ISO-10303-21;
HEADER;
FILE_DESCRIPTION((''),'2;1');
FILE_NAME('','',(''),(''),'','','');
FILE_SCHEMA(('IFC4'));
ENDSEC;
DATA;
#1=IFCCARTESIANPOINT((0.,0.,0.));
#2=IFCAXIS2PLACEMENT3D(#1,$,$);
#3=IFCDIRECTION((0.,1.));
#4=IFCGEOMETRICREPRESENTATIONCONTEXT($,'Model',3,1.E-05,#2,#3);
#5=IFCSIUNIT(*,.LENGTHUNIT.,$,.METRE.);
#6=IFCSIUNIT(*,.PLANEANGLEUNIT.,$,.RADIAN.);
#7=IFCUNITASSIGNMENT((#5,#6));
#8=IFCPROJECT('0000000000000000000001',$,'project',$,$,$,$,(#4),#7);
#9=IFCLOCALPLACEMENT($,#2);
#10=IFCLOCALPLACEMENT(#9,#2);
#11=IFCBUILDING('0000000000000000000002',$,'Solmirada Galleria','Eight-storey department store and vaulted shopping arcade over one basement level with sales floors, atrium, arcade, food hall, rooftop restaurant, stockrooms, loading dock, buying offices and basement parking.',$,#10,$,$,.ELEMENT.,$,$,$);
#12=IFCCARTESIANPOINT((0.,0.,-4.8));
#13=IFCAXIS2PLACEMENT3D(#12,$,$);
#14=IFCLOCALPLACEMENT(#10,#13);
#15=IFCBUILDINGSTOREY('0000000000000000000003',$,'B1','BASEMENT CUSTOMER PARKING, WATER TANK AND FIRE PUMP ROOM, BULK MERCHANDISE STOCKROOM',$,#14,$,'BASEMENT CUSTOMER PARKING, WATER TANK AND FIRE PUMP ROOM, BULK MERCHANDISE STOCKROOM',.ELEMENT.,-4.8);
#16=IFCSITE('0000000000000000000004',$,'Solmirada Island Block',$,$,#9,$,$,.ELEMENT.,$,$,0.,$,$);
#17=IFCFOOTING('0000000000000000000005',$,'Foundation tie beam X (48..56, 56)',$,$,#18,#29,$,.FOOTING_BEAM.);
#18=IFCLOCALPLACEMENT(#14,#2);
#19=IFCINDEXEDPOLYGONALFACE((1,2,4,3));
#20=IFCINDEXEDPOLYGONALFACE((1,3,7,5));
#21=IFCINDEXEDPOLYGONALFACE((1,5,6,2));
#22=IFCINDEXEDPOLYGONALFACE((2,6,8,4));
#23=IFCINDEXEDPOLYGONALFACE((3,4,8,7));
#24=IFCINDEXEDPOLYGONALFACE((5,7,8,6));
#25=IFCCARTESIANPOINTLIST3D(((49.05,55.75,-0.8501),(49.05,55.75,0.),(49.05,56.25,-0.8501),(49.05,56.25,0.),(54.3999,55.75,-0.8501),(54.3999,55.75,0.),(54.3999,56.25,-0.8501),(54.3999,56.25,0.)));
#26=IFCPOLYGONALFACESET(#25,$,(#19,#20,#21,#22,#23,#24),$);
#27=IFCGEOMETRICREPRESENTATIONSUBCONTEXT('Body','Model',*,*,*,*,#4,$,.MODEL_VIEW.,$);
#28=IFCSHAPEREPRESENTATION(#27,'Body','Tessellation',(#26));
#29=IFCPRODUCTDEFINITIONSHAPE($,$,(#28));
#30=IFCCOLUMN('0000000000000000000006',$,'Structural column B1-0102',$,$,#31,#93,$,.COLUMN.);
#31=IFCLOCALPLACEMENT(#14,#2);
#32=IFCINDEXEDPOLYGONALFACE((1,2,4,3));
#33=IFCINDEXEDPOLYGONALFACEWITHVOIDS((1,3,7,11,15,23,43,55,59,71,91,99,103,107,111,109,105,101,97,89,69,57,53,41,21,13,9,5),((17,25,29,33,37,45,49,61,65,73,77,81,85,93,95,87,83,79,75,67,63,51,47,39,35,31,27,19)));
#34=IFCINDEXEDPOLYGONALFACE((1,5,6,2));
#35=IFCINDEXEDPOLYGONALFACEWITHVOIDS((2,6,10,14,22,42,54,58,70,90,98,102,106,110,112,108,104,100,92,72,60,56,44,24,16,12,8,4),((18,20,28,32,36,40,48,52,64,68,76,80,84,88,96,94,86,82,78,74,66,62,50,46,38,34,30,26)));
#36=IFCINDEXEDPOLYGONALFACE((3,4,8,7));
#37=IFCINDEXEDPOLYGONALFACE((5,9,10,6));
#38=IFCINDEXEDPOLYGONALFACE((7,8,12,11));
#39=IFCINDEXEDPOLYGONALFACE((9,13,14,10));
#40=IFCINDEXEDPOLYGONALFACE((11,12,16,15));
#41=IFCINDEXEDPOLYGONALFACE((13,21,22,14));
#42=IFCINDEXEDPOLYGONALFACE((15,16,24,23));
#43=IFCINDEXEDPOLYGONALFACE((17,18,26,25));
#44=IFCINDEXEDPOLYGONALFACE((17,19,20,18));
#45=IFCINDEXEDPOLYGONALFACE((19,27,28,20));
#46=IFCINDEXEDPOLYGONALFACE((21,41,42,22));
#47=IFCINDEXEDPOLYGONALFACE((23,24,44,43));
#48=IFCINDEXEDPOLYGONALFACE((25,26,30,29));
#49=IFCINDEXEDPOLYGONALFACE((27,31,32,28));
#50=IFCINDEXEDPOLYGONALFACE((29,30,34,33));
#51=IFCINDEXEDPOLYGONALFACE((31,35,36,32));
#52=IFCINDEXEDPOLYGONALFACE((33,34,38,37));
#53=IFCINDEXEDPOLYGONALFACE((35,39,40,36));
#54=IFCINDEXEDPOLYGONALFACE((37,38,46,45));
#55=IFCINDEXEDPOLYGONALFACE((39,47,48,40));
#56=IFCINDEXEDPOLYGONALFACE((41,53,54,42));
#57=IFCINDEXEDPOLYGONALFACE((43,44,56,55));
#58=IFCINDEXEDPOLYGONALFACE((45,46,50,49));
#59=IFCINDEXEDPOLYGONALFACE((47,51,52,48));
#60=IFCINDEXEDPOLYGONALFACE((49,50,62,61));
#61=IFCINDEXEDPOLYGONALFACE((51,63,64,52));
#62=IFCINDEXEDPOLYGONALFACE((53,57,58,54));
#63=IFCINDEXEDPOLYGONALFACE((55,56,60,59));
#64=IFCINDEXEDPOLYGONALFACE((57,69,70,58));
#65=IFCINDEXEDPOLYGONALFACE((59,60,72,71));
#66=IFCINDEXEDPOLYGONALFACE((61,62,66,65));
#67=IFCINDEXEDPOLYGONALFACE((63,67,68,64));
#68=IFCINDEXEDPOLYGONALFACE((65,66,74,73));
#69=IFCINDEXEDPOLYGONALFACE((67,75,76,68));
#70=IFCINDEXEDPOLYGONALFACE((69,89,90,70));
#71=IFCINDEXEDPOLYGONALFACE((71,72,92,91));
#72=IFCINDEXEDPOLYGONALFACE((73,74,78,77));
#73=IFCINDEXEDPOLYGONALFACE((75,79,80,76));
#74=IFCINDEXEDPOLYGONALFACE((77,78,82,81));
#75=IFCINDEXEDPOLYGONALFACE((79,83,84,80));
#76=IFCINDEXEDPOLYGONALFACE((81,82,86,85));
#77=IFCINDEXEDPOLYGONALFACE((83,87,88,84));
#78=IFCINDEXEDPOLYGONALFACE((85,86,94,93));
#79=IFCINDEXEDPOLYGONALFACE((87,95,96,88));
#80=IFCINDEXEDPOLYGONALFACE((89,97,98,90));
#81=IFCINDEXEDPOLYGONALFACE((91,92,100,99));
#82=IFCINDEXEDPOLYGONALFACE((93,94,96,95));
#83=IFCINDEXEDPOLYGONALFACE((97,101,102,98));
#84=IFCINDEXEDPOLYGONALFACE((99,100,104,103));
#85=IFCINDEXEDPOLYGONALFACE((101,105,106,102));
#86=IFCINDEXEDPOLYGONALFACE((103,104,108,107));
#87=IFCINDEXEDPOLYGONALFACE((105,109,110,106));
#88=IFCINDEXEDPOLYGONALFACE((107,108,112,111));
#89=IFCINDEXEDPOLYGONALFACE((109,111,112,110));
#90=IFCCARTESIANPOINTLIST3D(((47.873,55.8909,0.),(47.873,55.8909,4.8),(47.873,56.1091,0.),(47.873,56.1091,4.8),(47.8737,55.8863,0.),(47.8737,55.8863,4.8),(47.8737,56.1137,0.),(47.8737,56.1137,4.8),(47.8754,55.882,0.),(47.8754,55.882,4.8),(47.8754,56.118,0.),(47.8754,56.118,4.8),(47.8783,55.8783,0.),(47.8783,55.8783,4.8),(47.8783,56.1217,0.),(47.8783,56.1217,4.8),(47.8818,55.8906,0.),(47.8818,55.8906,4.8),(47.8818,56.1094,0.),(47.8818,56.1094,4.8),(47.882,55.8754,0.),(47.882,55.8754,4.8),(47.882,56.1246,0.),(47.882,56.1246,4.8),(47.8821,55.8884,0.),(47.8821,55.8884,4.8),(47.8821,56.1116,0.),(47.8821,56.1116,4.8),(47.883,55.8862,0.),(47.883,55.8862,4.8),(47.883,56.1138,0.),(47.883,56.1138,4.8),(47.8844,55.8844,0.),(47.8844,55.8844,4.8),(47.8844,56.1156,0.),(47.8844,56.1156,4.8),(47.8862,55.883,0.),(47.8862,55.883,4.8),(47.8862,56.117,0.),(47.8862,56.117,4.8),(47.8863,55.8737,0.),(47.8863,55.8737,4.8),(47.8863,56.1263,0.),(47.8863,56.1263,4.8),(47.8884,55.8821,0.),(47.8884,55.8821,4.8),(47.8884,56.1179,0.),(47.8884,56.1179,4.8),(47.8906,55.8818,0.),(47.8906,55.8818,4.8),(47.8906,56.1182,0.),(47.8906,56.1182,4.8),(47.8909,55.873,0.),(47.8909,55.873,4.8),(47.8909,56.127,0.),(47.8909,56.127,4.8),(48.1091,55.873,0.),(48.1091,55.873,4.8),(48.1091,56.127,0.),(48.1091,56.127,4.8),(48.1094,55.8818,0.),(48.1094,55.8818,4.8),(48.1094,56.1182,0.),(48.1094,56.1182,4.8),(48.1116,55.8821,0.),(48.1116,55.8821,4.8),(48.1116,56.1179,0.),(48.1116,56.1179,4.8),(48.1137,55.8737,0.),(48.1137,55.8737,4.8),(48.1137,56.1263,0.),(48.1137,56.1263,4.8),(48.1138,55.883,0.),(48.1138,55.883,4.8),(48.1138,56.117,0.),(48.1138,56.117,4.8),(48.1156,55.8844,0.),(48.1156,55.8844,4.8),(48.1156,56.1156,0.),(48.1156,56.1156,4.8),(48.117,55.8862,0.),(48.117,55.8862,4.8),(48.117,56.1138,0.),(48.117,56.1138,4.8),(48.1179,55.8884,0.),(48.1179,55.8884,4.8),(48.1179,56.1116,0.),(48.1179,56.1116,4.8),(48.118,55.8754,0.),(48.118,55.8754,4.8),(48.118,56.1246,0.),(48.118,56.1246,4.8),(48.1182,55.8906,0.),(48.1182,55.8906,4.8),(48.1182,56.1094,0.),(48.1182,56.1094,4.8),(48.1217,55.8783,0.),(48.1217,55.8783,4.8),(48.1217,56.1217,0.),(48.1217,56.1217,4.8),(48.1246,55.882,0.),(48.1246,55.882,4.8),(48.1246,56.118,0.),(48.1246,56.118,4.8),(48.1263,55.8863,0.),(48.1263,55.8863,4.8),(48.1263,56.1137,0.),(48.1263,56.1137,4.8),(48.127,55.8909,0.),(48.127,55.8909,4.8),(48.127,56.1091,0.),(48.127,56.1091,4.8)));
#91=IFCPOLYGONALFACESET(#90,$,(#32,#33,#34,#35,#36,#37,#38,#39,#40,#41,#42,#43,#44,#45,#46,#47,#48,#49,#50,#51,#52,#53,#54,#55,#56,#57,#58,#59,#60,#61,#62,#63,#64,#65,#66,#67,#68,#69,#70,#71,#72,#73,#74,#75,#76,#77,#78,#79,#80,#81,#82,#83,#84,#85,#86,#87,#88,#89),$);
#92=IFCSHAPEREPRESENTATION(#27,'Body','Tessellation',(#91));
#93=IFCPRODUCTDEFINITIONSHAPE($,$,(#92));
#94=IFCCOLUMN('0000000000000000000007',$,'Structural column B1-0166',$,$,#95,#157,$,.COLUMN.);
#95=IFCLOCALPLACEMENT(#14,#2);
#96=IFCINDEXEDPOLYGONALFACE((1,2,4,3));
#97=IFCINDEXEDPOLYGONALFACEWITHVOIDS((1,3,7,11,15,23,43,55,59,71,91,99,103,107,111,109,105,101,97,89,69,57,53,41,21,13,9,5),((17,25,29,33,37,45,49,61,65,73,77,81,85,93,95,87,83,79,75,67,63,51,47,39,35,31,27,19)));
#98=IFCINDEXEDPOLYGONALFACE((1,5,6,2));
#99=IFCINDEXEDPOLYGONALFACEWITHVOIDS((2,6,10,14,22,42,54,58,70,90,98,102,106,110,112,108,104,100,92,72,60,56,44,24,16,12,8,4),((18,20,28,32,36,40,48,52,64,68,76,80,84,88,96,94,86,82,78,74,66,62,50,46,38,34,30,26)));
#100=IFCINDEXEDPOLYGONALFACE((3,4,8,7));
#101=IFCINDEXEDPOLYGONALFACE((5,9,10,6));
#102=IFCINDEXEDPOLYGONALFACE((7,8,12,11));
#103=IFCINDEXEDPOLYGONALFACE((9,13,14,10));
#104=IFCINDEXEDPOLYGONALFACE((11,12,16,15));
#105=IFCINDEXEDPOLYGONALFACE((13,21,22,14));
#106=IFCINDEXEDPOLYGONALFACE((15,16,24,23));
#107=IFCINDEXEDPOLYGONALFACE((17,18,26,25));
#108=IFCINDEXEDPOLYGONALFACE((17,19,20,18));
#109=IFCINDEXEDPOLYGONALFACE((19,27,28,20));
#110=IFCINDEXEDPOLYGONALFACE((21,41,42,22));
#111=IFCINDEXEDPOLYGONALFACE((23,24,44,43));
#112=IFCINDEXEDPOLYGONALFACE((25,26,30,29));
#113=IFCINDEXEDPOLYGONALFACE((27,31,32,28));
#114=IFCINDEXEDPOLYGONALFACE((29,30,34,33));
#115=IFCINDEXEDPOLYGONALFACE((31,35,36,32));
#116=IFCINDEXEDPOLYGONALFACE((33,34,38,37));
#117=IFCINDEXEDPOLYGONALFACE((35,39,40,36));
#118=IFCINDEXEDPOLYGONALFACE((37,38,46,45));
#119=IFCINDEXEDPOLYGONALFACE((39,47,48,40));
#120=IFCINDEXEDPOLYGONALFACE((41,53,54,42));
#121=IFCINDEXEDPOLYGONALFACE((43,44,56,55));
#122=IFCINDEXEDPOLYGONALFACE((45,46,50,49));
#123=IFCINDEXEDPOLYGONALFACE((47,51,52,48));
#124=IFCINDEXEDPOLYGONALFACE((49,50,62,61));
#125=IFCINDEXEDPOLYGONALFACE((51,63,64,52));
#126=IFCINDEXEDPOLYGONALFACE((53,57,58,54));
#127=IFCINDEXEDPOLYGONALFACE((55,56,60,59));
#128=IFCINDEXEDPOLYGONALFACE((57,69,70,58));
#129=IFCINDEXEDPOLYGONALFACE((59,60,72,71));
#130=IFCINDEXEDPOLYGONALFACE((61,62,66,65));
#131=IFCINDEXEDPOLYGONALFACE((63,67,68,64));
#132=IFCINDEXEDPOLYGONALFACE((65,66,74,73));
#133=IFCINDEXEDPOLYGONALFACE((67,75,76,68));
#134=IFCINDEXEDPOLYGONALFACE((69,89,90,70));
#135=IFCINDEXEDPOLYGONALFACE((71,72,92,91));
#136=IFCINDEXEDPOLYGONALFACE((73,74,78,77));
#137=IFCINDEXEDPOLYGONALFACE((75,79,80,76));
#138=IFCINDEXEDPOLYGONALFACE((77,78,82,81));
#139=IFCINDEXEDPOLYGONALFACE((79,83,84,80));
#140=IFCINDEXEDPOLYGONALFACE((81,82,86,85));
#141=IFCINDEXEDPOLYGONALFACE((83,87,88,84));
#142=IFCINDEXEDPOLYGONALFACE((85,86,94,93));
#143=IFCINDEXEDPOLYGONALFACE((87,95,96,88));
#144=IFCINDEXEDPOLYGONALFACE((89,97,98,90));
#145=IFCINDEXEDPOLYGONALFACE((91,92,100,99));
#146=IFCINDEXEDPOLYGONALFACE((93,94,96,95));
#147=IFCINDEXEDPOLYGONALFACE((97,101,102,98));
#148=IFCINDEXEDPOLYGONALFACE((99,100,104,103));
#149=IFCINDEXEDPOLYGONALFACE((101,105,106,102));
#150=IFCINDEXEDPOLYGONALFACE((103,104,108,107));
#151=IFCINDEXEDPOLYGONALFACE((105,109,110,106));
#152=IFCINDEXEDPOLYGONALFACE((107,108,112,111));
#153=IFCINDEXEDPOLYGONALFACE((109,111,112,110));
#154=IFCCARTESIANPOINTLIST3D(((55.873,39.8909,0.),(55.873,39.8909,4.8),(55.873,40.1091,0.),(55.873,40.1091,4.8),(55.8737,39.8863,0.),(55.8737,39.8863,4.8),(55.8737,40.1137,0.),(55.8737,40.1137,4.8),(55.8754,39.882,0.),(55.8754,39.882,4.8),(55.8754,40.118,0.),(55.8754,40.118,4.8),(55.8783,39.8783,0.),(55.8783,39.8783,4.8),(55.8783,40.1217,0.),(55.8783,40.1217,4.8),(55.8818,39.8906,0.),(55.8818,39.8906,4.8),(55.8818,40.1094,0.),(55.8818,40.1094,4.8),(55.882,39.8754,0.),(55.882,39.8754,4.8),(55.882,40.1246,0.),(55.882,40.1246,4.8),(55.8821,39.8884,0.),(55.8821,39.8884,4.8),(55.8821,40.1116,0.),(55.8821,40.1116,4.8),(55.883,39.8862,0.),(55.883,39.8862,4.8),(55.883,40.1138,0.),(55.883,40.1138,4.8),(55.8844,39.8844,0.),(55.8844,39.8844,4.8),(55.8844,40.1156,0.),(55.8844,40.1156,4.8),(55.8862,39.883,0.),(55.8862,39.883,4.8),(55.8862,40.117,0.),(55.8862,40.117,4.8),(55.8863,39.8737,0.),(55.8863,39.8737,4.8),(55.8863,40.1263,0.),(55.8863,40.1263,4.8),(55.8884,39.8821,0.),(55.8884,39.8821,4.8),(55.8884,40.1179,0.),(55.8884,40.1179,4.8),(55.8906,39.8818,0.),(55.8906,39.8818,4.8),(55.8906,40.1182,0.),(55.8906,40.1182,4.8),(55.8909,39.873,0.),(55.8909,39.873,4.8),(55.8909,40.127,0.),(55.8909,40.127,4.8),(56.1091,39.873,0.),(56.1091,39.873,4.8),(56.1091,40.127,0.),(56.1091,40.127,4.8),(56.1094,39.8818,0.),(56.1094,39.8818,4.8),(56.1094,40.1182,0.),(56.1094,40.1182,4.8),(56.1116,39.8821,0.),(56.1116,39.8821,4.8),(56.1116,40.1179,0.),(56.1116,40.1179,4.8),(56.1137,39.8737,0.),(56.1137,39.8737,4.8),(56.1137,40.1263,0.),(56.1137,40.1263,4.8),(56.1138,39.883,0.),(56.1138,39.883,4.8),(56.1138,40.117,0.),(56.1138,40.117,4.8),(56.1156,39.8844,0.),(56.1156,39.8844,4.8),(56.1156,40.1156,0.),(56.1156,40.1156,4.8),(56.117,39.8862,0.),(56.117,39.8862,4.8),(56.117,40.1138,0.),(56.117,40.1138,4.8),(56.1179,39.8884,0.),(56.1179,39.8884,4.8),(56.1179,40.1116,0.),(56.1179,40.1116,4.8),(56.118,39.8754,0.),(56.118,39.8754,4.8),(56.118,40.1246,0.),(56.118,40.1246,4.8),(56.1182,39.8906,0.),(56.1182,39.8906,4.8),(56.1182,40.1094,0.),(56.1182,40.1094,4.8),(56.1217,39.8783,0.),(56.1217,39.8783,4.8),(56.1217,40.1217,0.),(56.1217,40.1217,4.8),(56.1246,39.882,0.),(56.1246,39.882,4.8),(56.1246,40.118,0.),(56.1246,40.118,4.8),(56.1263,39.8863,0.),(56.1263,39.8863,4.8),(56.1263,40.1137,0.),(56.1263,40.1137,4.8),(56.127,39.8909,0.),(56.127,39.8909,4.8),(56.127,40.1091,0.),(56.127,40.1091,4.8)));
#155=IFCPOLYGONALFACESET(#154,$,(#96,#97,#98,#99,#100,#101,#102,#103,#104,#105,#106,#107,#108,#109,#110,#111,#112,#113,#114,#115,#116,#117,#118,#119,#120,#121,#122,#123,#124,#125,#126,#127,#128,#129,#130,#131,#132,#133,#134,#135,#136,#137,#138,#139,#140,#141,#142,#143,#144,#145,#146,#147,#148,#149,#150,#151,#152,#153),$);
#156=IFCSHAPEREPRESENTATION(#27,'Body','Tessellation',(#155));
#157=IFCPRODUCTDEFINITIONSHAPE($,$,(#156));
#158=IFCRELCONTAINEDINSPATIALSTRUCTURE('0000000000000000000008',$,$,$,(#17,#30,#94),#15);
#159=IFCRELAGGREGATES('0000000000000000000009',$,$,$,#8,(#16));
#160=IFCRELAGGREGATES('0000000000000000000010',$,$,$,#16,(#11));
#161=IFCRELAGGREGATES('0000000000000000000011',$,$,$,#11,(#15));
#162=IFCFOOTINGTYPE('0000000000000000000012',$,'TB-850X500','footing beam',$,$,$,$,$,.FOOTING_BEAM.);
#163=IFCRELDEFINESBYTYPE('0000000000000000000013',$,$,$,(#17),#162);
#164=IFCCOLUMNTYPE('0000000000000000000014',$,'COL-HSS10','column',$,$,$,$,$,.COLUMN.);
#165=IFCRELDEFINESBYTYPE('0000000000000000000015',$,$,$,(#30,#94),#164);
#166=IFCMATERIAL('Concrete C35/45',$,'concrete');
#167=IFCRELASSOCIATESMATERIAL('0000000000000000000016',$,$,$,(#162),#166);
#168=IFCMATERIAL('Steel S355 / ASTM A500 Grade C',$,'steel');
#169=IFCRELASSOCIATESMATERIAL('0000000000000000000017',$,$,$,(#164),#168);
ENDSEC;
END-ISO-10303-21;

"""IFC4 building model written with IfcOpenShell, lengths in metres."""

from ifc_helpers import new_model, si_unit, direction, frame, origin, origin_2d, place, context, subcontext, project, spatial, rectangle, hollow_rectangle, extrude, material, material_profile, profile_set, type_object, element, save


model = new_model("IFC4")

# Units and contexts
model_context = context("Model", 3, precision=1e-05, world=origin(), true_north=direction((0.0, 1.0)))
body_context = subcontext(model_context, "Body", "Model", "MODEL_VIEW")
ifc_project = project(units=[si_unit("LENGTHUNIT", "METRE"), si_unit("PLANEANGLEUNIT", "RADIAN")], contexts=[model_context])

# Site, building, storey
site_placement = place(None, origin())
site = spatial("IfcSite", under=ifc_project, at=site_placement, Name="Solmirada Island Block", CompositionType="ELEMENT", RefElevation=0.0)
building_placement = place(site_placement, origin())
building = spatial("IfcBuilding", under=site, at=building_placement, Name="Solmirada Galleria", Description="Eight-storey department store and vaulted shopping arcade over one basement level with sales floors, atrium, arcade, food hall, rooftop restaurant, stockrooms, loading dock, buying offices and basement parking.", CompositionType="ELEMENT")
storey_placement = place(building_placement, frame((0.0, 0.0, -4.8)))
storey = spatial("IfcBuildingStorey", under=building, at=storey_placement, Name="B1", Description="BASEMENT CUSTOMER PARKING, WATER TANK AND FIRE PUMP ROOM, BULK MERCHANDISE STOCKROOM", LongName="BASEMENT CUSTOMER PARKING, WATER TANK AND FIRE PUMP ROOM, BULK MERCHANDISE STOCKROOM", CompositionType="ELEMENT", Elevation=-4.8)

# Shared definitions
ifc_material_1 = material(Name="Concrete C35/45", Category="concrete")

# Footing
ifc_material_profile_1 = material_profile(ifc_material_1, rectangle(XDim=0.5, YDim=0.8501, at=origin_2d()), Name="RC850X500")
ifc_profile_set_1 = profile_set([ifc_material_profile_1], Name="Concrete C35/45")
footing_type_1 = type_object("IfcFootingType", Name="TB-850X500", Description="footing beam", PredefinedType="FOOTING_BEAM", material=ifc_profile_set_1)
footing_1_placement = place(storey_placement, frame((49.05, 56.0, -0.425), z_axis=(1.0, 0.0, 0.0), x_axis=(0.0, 1.0, 0.0)))
element("IfcFooting", 1, at=footing_1_placement, inside=storey, type_object=footing_type_1, Name="Foundation tie beam X (48..56, 56)", PredefinedType="FOOTING_BEAM", context=body_context, shape_type="SweptSolid", body=[
    extrude(rectangle(XDim=0.5, YDim=0.8501, at=origin_2d()), origin(), (0.0, 0.0, 1.0), 5.3499),
])

# Columns
ifc_material_2 = material(Name="Steel S355 / ASTM A500 Grade C", Category="steel")
ifc_material_profile_2 = material_profile(ifc_material_2, hollow_rectangle(XDim=0.2539, YDim=0.2539, WallThickness=0.0088, InnerFilletRadius=0.0088, OuterFilletRadius=0.0178, at=origin_2d()), Name="HSS10X10X3/8")
ifc_profile_set_2 = profile_set([ifc_material_profile_2], Name="Steel S355 / ASTM A500 Grade C")
column_type = type_object("IfcColumnType", Name="COL-HSS10", Description="column", PredefinedType="COLUMN", material=ifc_profile_set_2)
for number, where, z_axis, x_axis, name in (
    (2, (48.0, 56.0, 0.0), (0.0, 0.0, 1.0), (1.0, 0.0, 0.0), "Structural column B1-0102"),
    (3, (56.0, 40.0, 0.0), (0.0, 0.0, 1.0), (1.0, 0.0, 0.0), "Structural column B1-0166"),
):
    element("IfcColumn", number, at=place(storey_placement, frame(where, z_axis=z_axis, x_axis=x_axis)), inside=storey, type_object=column_type, Name=name, PredefinedType="COLUMN", context=body_context, shape_type="SweptSolid", body=[
        extrude(hollow_rectangle(XDim=0.2539, YDim=0.2539, WallThickness=0.0088, InnerFilletRadius=0.0088, OuterFilletRadius=0.0178, at=origin_2d()), origin(), (0.0, 0.0, 1.0), 4.8),
    ])

save(model, "model.ifc")
